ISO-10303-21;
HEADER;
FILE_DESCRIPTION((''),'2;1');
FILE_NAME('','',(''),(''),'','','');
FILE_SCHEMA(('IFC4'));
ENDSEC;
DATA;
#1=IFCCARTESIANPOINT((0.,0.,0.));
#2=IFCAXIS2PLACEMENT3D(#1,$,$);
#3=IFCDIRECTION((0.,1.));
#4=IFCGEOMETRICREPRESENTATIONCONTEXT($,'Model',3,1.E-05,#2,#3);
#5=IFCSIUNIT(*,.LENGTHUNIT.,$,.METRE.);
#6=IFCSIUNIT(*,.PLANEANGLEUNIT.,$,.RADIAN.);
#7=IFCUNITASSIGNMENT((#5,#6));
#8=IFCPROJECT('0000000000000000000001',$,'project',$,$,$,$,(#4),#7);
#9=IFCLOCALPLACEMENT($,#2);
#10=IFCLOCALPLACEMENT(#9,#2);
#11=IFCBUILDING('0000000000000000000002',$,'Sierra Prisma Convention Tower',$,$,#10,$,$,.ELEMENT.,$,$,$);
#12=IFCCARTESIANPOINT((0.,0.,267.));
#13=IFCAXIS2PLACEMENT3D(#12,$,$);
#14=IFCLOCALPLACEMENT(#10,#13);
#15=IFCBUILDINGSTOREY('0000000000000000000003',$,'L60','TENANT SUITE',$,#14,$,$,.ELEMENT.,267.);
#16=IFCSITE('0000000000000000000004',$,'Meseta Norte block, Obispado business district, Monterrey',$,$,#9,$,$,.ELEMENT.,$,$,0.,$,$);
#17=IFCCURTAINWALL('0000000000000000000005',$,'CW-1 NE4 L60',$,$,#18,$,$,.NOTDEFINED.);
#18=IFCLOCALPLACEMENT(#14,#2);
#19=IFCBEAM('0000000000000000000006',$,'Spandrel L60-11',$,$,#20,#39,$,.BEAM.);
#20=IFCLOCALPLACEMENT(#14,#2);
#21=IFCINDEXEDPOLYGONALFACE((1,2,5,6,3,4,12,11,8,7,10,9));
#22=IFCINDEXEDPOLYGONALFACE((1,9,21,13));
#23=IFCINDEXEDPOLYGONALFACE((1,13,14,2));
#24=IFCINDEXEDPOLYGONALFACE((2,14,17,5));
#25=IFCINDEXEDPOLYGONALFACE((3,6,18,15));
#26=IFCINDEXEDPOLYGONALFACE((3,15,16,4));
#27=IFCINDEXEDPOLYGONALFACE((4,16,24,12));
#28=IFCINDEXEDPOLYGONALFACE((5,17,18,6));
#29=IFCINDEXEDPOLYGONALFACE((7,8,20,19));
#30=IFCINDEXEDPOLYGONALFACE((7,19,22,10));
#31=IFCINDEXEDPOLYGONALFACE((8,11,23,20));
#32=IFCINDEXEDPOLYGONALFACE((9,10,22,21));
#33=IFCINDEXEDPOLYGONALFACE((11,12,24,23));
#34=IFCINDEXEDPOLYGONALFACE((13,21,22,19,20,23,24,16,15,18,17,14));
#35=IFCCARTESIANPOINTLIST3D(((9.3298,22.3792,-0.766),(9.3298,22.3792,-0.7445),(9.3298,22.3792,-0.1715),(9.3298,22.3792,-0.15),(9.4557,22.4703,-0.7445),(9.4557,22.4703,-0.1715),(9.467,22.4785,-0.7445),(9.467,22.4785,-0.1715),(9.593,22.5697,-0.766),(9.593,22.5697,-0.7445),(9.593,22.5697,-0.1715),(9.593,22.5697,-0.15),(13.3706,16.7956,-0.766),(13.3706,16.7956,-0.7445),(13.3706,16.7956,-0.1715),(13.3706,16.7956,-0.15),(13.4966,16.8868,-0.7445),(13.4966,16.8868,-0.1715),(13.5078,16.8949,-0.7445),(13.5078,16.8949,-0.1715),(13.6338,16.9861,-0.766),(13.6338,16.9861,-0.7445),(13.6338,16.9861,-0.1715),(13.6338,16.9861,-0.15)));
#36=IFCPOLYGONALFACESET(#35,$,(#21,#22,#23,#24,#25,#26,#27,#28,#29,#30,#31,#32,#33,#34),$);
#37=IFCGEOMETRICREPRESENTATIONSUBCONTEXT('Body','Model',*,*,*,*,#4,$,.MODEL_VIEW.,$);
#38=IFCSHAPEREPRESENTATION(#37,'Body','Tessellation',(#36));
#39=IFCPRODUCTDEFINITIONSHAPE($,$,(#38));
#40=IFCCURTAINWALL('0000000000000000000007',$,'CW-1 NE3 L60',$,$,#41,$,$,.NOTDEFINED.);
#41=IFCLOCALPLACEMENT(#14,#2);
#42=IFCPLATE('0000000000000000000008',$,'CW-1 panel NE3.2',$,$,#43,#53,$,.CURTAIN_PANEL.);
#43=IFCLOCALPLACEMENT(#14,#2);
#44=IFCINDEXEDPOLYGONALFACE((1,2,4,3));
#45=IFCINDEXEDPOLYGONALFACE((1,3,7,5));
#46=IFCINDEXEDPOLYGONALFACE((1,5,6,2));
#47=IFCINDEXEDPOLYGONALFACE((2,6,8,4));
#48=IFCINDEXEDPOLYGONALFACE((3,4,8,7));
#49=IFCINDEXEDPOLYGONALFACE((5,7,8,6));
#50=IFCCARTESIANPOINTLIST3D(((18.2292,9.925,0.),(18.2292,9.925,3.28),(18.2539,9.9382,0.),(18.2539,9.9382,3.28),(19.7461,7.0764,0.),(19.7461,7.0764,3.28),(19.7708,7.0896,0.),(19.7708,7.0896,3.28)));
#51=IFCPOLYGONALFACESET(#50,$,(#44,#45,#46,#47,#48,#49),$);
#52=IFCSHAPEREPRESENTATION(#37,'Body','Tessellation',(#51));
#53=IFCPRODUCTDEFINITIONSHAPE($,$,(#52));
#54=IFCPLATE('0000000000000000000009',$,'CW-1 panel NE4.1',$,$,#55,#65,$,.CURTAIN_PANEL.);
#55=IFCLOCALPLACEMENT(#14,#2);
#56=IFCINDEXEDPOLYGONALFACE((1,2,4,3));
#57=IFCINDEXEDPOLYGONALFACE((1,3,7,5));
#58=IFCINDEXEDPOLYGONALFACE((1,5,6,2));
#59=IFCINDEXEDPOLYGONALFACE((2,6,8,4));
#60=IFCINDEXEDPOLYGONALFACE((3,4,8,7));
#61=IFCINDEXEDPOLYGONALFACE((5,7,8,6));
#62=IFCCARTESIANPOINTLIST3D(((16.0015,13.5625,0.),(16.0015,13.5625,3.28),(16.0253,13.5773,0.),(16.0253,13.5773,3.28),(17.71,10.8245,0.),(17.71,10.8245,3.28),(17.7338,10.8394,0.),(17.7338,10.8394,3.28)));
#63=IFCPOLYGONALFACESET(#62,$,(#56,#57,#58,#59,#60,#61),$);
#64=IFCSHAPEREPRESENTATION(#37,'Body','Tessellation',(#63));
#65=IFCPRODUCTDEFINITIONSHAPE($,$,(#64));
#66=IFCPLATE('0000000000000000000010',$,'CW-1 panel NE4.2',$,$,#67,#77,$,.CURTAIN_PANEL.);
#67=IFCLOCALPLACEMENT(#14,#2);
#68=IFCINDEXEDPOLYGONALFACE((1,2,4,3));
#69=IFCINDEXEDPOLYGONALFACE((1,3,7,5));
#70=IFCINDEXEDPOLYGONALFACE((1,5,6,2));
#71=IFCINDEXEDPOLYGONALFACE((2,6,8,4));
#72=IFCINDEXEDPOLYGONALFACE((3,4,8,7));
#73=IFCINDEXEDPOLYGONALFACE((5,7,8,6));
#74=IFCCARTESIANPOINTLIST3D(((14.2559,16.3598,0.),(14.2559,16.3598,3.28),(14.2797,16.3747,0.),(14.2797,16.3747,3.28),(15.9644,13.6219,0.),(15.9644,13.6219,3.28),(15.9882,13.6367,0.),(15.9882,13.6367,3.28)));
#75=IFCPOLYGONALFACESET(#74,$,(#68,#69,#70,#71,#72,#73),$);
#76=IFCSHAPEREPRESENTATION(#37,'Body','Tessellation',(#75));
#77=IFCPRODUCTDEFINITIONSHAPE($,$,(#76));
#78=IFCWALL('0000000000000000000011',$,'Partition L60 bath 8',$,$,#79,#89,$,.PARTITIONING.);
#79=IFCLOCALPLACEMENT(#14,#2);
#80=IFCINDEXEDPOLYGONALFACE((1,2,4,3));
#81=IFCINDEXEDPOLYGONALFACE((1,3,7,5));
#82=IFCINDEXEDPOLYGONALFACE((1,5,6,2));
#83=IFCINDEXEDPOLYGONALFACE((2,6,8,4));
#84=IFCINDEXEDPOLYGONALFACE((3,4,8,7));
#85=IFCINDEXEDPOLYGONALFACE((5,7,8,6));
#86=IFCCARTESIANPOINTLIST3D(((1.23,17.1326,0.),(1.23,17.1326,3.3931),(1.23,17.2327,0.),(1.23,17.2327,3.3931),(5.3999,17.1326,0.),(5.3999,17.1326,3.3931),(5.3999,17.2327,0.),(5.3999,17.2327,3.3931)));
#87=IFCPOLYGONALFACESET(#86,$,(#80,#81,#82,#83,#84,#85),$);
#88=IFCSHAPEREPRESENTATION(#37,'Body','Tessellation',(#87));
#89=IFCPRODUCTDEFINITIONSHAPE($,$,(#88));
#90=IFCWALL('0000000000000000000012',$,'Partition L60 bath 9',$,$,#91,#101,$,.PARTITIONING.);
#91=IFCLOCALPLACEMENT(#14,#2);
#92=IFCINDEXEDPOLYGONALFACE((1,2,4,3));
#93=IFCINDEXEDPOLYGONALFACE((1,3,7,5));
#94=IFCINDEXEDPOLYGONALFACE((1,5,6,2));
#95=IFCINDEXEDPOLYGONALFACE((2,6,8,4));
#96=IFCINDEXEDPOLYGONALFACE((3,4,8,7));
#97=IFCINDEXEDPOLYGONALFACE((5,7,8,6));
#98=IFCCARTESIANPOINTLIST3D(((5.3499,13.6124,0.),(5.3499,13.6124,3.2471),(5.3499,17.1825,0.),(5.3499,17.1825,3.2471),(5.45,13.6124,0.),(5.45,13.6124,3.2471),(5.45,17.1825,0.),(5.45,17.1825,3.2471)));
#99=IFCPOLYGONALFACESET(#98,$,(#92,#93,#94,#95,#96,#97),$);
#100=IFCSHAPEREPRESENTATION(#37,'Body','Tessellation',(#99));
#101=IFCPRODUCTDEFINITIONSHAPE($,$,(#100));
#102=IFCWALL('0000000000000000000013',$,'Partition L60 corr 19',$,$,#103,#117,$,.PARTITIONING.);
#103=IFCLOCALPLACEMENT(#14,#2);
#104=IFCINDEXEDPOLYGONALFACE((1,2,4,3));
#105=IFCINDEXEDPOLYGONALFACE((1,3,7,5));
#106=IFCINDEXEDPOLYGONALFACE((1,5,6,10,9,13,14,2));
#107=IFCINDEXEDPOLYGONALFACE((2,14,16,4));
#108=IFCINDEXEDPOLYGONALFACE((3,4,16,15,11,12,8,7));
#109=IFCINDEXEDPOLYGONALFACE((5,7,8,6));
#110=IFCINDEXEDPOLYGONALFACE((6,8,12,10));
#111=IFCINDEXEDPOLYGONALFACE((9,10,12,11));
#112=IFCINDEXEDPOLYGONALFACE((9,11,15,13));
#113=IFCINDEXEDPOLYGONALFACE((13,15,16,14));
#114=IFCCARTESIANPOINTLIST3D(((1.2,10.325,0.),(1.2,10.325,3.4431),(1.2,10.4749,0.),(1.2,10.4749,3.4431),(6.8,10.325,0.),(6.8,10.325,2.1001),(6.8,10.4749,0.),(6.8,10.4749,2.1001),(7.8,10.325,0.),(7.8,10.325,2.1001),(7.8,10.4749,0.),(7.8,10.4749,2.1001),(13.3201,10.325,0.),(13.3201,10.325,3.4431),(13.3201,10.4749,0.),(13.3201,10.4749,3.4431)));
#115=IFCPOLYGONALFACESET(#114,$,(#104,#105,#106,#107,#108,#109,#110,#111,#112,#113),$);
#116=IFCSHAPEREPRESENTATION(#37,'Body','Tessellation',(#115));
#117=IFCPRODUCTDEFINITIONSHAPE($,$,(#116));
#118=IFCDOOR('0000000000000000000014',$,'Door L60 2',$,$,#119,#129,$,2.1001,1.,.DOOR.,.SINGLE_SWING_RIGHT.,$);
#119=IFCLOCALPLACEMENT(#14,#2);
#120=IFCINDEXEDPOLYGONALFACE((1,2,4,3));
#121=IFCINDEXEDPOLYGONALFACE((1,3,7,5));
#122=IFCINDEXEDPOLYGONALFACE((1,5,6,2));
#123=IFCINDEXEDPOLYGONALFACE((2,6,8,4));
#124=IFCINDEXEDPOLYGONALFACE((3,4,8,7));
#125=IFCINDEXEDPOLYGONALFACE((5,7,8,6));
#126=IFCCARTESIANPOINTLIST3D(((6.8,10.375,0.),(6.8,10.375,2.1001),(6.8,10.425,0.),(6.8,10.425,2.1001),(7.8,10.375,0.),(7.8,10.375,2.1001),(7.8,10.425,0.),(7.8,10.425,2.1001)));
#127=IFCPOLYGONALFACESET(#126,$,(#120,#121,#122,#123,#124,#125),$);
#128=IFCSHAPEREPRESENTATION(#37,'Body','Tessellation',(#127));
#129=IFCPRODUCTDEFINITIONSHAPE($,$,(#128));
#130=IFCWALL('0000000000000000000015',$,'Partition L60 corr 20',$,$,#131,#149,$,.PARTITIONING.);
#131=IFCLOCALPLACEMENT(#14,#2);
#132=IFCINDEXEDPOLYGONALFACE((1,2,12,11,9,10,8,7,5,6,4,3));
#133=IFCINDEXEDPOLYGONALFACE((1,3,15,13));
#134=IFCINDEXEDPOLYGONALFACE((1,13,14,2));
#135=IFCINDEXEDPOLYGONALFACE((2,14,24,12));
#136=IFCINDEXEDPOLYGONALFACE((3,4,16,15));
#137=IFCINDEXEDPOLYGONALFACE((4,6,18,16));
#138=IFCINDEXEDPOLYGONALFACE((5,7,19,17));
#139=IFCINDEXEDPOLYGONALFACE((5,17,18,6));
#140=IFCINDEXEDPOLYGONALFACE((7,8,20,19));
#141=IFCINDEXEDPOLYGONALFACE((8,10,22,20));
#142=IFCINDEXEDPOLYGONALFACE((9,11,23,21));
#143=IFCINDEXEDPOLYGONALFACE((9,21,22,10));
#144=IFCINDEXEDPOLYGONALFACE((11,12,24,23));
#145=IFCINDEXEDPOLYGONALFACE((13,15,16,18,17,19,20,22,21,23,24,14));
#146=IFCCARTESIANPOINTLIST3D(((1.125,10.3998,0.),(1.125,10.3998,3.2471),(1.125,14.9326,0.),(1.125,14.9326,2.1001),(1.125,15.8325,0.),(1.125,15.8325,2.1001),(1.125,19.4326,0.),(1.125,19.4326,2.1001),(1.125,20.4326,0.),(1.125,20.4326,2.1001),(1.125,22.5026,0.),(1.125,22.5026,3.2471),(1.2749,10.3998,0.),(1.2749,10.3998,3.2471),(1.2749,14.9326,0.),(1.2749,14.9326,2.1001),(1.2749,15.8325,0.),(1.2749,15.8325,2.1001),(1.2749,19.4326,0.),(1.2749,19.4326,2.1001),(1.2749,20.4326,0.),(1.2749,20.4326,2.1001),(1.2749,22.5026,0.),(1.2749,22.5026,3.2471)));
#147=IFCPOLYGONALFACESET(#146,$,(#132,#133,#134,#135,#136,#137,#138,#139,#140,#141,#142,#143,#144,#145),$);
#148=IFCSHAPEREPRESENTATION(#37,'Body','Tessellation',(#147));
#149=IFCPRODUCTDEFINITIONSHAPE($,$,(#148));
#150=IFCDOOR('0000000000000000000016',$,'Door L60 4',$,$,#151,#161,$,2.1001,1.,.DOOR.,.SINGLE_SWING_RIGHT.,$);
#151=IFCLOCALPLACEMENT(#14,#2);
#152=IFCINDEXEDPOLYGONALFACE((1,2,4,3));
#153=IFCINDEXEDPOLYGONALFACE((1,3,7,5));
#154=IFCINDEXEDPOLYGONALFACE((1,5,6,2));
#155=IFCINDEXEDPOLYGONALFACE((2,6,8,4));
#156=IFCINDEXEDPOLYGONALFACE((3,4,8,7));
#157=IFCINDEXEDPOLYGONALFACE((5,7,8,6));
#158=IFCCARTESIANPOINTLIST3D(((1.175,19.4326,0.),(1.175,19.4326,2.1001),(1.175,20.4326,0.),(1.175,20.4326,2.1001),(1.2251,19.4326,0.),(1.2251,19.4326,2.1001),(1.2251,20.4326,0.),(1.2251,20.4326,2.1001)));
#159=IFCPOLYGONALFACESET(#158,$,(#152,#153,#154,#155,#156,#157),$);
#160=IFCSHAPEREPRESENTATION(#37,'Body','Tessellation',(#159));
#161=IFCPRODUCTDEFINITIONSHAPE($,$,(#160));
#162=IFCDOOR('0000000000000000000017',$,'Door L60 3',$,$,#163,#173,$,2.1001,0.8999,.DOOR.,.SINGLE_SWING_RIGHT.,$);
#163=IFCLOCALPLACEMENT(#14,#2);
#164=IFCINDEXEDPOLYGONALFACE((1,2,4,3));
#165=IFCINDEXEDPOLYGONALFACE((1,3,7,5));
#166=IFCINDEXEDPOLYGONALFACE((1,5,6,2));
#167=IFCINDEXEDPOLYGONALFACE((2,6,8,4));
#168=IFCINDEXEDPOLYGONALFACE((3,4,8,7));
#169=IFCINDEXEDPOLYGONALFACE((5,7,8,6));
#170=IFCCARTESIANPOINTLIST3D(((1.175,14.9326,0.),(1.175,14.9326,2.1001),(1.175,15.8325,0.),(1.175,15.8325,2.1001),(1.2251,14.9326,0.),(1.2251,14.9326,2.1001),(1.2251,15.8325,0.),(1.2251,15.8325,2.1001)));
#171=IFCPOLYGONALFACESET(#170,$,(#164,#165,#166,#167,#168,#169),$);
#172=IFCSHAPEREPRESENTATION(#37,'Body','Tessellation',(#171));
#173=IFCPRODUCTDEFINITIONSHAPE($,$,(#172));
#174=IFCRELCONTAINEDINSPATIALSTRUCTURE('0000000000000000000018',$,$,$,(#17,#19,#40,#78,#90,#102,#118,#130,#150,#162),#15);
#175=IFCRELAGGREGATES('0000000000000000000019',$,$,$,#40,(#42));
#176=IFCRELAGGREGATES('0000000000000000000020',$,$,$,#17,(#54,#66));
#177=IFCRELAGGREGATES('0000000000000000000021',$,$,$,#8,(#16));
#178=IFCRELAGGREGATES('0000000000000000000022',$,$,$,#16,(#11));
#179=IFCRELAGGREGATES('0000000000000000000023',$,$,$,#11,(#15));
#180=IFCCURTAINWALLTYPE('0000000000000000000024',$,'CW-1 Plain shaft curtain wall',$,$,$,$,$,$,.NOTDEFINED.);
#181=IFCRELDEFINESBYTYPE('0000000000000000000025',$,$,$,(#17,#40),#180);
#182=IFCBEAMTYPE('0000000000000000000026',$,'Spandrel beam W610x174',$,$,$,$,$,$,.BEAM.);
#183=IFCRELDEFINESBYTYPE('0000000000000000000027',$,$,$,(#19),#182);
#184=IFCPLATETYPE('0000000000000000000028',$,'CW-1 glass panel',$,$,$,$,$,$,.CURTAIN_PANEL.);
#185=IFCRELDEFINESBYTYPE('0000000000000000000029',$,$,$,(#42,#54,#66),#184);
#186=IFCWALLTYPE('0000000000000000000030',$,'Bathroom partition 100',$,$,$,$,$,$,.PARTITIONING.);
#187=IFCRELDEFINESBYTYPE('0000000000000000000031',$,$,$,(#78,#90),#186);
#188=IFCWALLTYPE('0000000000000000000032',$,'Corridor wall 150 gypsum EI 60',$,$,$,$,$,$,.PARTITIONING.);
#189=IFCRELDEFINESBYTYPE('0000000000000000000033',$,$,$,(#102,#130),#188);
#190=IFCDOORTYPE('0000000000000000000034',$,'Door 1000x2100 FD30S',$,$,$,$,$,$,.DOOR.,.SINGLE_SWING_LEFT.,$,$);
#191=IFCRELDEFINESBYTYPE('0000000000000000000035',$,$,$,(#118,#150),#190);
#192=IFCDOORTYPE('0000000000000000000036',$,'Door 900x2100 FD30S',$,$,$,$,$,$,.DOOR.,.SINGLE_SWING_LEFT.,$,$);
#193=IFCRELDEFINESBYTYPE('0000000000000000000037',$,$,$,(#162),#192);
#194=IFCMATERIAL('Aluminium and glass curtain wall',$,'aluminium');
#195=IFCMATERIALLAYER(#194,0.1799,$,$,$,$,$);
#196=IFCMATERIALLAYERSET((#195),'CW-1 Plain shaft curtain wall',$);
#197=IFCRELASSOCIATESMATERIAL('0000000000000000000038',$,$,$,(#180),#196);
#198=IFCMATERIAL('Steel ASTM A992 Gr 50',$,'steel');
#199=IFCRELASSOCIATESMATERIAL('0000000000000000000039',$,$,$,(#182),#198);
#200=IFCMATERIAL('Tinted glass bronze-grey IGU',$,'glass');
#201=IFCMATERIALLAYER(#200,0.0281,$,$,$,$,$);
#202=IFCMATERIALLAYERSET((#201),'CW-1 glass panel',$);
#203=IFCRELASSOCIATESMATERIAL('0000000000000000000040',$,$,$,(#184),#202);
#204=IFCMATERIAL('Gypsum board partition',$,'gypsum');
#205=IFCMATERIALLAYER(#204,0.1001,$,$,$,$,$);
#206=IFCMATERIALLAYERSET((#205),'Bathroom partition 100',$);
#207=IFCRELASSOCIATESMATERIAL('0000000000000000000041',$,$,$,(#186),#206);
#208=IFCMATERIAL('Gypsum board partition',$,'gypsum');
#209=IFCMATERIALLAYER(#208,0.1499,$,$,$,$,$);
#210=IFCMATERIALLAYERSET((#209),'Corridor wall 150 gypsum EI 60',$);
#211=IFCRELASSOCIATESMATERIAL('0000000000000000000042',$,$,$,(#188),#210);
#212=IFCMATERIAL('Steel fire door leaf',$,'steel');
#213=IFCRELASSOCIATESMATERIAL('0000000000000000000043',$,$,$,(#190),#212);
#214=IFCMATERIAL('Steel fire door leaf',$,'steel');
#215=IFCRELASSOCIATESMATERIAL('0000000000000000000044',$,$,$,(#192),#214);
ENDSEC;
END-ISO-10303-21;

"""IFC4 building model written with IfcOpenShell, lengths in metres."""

from ifc_helpers import new_model, si_unit, direction, frame, frame_2d, origin, origin_2d, place, context, subcontext, project, spatial, rectangle, i_section, extrude, material, layer, layer_set, material_profile, profile_set, type_object, element, fill, aggregate, save


model = new_model("IFC4")

# Units and contexts
model_context = context("Model", 3, precision=1e-05, world=origin(), true_north=direction((0.0, 1.0)))
body_context = subcontext(model_context, "Body", "Model", "MODEL_VIEW")
ifc_project = project(units=[si_unit("LENGTHUNIT", "METRE"), si_unit("PLANEANGLEUNIT", "RADIAN")], contexts=[model_context])

# Site, building, storey
site_placement = place(None, origin())
site = spatial("IfcSite", under=ifc_project, at=site_placement, Name="Meseta Norte block, Obispado business district, Monterrey", CompositionType="ELEMENT", RefElevation=0.0)
building_placement = place(site_placement, origin())
building = spatial("IfcBuilding", under=site, at=building_placement, Name="Sierra Prisma Convention Tower", CompositionType="ELEMENT")
storey_placement = place(building_placement, frame((0.0, 0.0, 267.0)))
storey = spatial("IfcBuildingStorey", under=building, at=storey_placement, Name="L60", Description="TENANT SUITE", CompositionType="ELEMENT", Elevation=267.0)

# Curtain wall
ifc_material_1 = material(Name="Aluminium and glass curtain wall", Category="aluminium")
ifc_layer_1 = layer(ifc_material_1, 0.1799)
ifc_layer_set_1 = layer_set([ifc_layer_1], Name="CW-1 Plain shaft curtain wall")
curtain_wall_type = type_object("IfcCurtainWallType", Name="CW-1 Plain shaft curtain wall", PredefinedType="NOTDEFINED", material=ifc_layer_set_1)
curtain_wall_1_placement = place(storey_placement, origin())
curtain_wall_1 = element("IfcCurtainWall", 1, at=curtain_wall_1_placement, inside=storey, type_object=curtain_wall_type, Name="CW-1 NE4 L60", PredefinedType="NOTDEFINED")

# Beam
ifc_material_2 = material(Name="Steel ASTM A992 Gr 50", Category="steel")
ifc_material_profile_1 = material_profile(ifc_material_2, i_section(OverallWidth=0.325, OverallDepth=0.616, WebThickness=0.0139, FlangeThickness=0.0215, at=origin_2d()), Name="W610x174")
ifc_profile_set_1 = profile_set([ifc_material_profile_1], Name="Steel ASTM A992 Gr 50")
beam_type_1 = type_object("IfcBeamType", Name="Spandrel beam W610x174", PredefinedType="BEAM", material=ifc_profile_set_1)
beam_1_placement = place(storey_placement, frame((13.5022, 16.8909, -0.458), z_axis=(-0.586277, 0.810111, 0.0), x_axis=(-0.810111, -0.586277, 0.0)))
element("IfcBeam", 2, at=beam_1_placement, inside=storey, type_object=beam_type_1, Name="Spandrel L60-11", PredefinedType="BEAM", context=body_context, shape_type="SweptSolid", body=[
    extrude(i_section(OverallWidth=0.325, OverallDepth=0.616, WebThickness=0.0139, FlangeThickness=0.0215, at=origin_2d()), origin(), (0.0, 0.0, 1.0), 6.8923),
])

# Curtain wall, plate
curtain_wall_2_placement = place(storey_placement, origin())
curtain_wall_2 = element("IfcCurtainWall", 3, at=curtain_wall_2_placement, inside=storey, type_object=curtain_wall_type, Name="CW-1 NE3 L60", PredefinedType="NOTDEFINED")
ifc_material_3 = material(Name="Tinted glass bronze-grey IGU", Category="glass")
ifc_layer_2 = layer(ifc_material_3, 0.0281)
ifc_layer_set_2 = layer_set([ifc_layer_2], Name="CW-1 glass panel")
plate_type = type_object("IfcPlateType", Name="CW-1 glass panel", PredefinedType="CURTAIN_PANEL", material=ifc_layer_set_2)
plate_1_placement = place(storey_placement, frame((19.0, 8.5073, 0.0), z_axis=(0.0, 0.0, 1.0), x_axis=(-0.470023, 0.882654, 0.0)))
plate_1 = element("IfcPlate", 4, at=plate_1_placement, type_object=plate_type, Name="CW-1 panel NE3.2", PredefinedType="CURTAIN_PANEL", context=body_context, shape_type="SweptSolid", body=[
    extrude(rectangle(XDim=3.2273, YDim=0.0281, at=origin_2d()), origin(), (0.0, 0.0, 1.0), 3.28),
])
aggregate(curtain_wall_2, [plate_1])

# Plates
plate_2_placement = place(storey_placement, frame((16.8677, 12.2009, 0.0), z_axis=(0.0, 0.0, 1.0), x_axis=(-0.52939, 0.848379, 0.0)))
plate_2 = element("IfcPlate", 5, at=plate_2_placement, type_object=plate_type, Name="CW-1 panel NE4.1", PredefinedType="CURTAIN_PANEL", context=body_context, shape_type="SweptSolid", body=[
    extrude(rectangle(XDim=3.2273, YDim=0.0281, at=origin_2d()), origin(), (0.0, 0.0, 1.0), 3.28),
])
plate_3_placement = place(storey_placement, frame((15.1221, 14.9983, 0.0), z_axis=(0.0, 0.0, 1.0), x_axis=(-0.52939, 0.848379, 0.0)))
plate_3 = element("IfcPlate", 6, at=plate_3_placement, type_object=plate_type, Name="CW-1 panel NE4.2", PredefinedType="CURTAIN_PANEL", context=body_context, shape_type="SweptSolid", body=[
    extrude(rectangle(XDim=3.2273, YDim=0.0281, at=origin_2d()), origin(), (0.0, 0.0, 1.0), 3.28),
])
aggregate(curtain_wall_1, [plate_2, plate_3])

# Walls
ifc_material_4 = material(Name="Gypsum board partition", Category="gypsum")
ifc_layer_3 = layer(ifc_material_4, 0.1001)
ifc_layer_set_3 = layer_set([ifc_layer_3], Name="Bathroom partition 100")
wall_type_1 = type_object("IfcWallType", Name="Bathroom partition 100", PredefinedType="PARTITIONING", material=ifc_layer_set_3)
wall_1_placement = place(storey_placement, frame((1.23, 17.1826, 0.0), z_axis=(0.0, 0.0, 1.0), x_axis=(1.0, 0.0, 0.0)))
element("IfcWall", 7, at=wall_1_placement, inside=storey, type_object=wall_type_1, Name="Partition L60 bath 8", PredefinedType="PARTITIONING", context=body_context, shape_type="SweptSolid", body=[
    extrude(rectangle(XDim=4.1699, YDim=0.1001, at=frame_2d((2.085, 0.0))), origin(), (0.0, 0.0, 1.0), 3.3931),
])
wall_2_placement = place(storey_placement, frame((5.3999, 17.1826, 0.0), z_axis=(0.0, 0.0, 1.0), x_axis=(0.0, -1.0, 0.0)))
element("IfcWall", 8, at=wall_2_placement, inside=storey, type_object=wall_type_1, Name="Partition L60 bath 9", PredefinedType="PARTITIONING", context=body_context, shape_type="SweptSolid", body=[
    extrude(rectangle(XDim=3.5701, YDim=0.1001, at=frame_2d((1.7852, 0.0))), origin(), (0.0, 0.0, 1.0), 3.2471),
])

# Wall, opening, door
ifc_material_5 = material(Name="Gypsum board partition", Category="gypsum")
ifc_layer_4 = layer(ifc_material_5, 0.1499)
ifc_layer_set_4 = layer_set([ifc_layer_4], Name="Corridor wall 150 gypsum EI 60")
wall_type_2 = type_object("IfcWallType", Name="Corridor wall 150 gypsum EI 60", PredefinedType="PARTITIONING", material=ifc_layer_set_4)
wall_3_placement = place(storey_placement, frame((13.3201, 10.3999, 0.0), z_axis=(0.0, 0.0, 1.0), x_axis=(-1.0, 0.0, 0.0)))
wall_3 = element("IfcWall", 9, at=wall_3_placement, inside=storey, type_object=wall_type_2, Name="Partition L60 corr 19", PredefinedType="PARTITIONING", context=body_context, shape_type="SweptSolid", body=[
    extrude(rectangle(XDim=12.1201, YDim=0.1499, at=frame_2d((6.0601, 0.0))), origin(), (0.0, 0.0, 1.0), 3.4431),
])
opening_1_placement = place(wall_3_placement, frame((5.52, 0.0, 0.0)))
opening_1 = element("IfcOpeningElement", 10, at=opening_1_placement, cuts=wall_3, PredefinedType="OPENING", context=body_context, shape_type="SweptSolid", body=[
    extrude(rectangle(XDim=1.0, YDim=2.1001, at=frame_2d((0.5, 1.05))), frame((0.0, 0.075, 0.0), z_axis=(0.0, -1.0, 0.0), x_axis=(1.0, 0.0, 0.0)), (0.0, 0.0, 1.0), 0.1499),
])
ifc_material_6 = material(Name="Steel fire door leaf", Category="steel")
door_type_1 = type_object("IfcDoorType", Name="Door 1000x2100 FD30S", OperationType="SINGLE_SWING_LEFT", PredefinedType="DOOR", material=ifc_material_6)
door_1_placement = place(opening_1_placement, origin())
door_1 = element("IfcDoor", 11, at=door_1_placement, inside=storey, type_object=door_type_1, Name="Door L60 2", OperationType="SINGLE_SWING_RIGHT", OverallHeight=2.1001, OverallWidth=1.0, PredefinedType="DOOR", context=body_context, shape_type="SweptSolid", body=[
    extrude(rectangle(XDim=1.0, YDim=2.1001, at=frame_2d((0.5, 1.05))), frame((0.0, 0.0249, 0.0), z_axis=(0.0, -1.0, 0.0), x_axis=(1.0, 0.0, 0.0)), (0.0, 0.0, 1.0), 0.05),
])
fill(opening_1, door_1)

# Wall, openings, doors
wall_4_placement = place(storey_placement, frame((1.2, 10.3999, 0.0), z_axis=(0.0, 0.0, 1.0), x_axis=(0.0, 1.0, 0.0)))
wall_4 = element("IfcWall", 12, at=wall_4_placement, inside=storey, type_object=wall_type_2, Name="Partition L60 corr 20", PredefinedType="PARTITIONING", context=body_context, shape_type="SweptSolid", body=[
    extrude(rectangle(XDim=12.1028, YDim=0.1499, at=frame_2d((6.0513, 0.0))), origin(), (0.0, 0.0, 1.0), 3.2471),
])
opening_2_placement = place(wall_4_placement, frame((4.5327, 0.0, 0.0)))
opening_2 = element("IfcOpeningElement", 13, at=opening_2_placement, cuts=wall_4, PredefinedType="OPENING", context=body_context, shape_type="SweptSolid", body=[
    extrude(rectangle(XDim=0.8999, YDim=2.1001, at=frame_2d((0.45, 1.05))), frame((0.0, 0.075, 0.0), z_axis=(0.0, -1.0, 0.0), x_axis=(1.0, 0.0, 0.0)), (0.0, 0.0, 1.0), 0.1499),
])
opening_3_placement = place(wall_4_placement, frame((9.0327, 0.0, 0.0)))
opening_3 = element("IfcOpeningElement", 14, at=opening_3_placement, cuts=wall_4, PredefinedType="OPENING", context=body_context, shape_type="SweptSolid", body=[
    extrude(rectangle(XDim=1.0, YDim=2.1001, at=frame_2d((0.5, 1.05))), frame((0.0, 0.075, 0.0), z_axis=(0.0, -1.0, 0.0), x_axis=(1.0, 0.0, 0.0)), (0.0, 0.0, 1.0), 0.1499),
])
door_2_placement = place(opening_3_placement, origin())
door_2 = element("IfcDoor", 15, at=door_2_placement, inside=storey, type_object=door_type_1, Name="Door L60 4", OperationType="SINGLE_SWING_RIGHT", OverallHeight=2.1001, OverallWidth=1.0, PredefinedType="DOOR", context=body_context, shape_type="SweptSolid", body=[
    extrude(rectangle(XDim=1.0, YDim=2.1001, at=frame_2d((0.5, 1.05))), frame((0.0, 0.0249, 0.0), z_axis=(0.0, -1.0, 0.0), x_axis=(1.0, 0.0, 0.0)), (0.0, 0.0, 1.0), 0.05),
])
fill(opening_3, door_2)
ifc_material_7 = material(Name="Steel fire door leaf", Category="steel")
door_type_2 = type_object("IfcDoorType", Name="Door 900x2100 FD30S", OperationType="SINGLE_SWING_LEFT", PredefinedType="DOOR", material=ifc_material_7)
door_3_placement = place(opening_2_placement, origin())
door_3 = element("IfcDoor", 16, at=door_3_placement, inside=storey, type_object=door_type_2, Name="Door L60 3", OperationType="SINGLE_SWING_RIGHT", OverallHeight=2.1001, OverallWidth=0.8999, PredefinedType="DOOR", context=body_context, shape_type="SweptSolid", body=[
    extrude(rectangle(XDim=0.8999, YDim=2.1001, at=frame_2d((0.45, 1.05))), frame((0.0, 0.0249, 0.0), z_axis=(0.0, -1.0, 0.0), x_axis=(1.0, 0.0, 0.0)), (0.0, 0.0, 1.0), 0.05),
])
fill(opening_2, door_3)

save(model, "model.ifc")
